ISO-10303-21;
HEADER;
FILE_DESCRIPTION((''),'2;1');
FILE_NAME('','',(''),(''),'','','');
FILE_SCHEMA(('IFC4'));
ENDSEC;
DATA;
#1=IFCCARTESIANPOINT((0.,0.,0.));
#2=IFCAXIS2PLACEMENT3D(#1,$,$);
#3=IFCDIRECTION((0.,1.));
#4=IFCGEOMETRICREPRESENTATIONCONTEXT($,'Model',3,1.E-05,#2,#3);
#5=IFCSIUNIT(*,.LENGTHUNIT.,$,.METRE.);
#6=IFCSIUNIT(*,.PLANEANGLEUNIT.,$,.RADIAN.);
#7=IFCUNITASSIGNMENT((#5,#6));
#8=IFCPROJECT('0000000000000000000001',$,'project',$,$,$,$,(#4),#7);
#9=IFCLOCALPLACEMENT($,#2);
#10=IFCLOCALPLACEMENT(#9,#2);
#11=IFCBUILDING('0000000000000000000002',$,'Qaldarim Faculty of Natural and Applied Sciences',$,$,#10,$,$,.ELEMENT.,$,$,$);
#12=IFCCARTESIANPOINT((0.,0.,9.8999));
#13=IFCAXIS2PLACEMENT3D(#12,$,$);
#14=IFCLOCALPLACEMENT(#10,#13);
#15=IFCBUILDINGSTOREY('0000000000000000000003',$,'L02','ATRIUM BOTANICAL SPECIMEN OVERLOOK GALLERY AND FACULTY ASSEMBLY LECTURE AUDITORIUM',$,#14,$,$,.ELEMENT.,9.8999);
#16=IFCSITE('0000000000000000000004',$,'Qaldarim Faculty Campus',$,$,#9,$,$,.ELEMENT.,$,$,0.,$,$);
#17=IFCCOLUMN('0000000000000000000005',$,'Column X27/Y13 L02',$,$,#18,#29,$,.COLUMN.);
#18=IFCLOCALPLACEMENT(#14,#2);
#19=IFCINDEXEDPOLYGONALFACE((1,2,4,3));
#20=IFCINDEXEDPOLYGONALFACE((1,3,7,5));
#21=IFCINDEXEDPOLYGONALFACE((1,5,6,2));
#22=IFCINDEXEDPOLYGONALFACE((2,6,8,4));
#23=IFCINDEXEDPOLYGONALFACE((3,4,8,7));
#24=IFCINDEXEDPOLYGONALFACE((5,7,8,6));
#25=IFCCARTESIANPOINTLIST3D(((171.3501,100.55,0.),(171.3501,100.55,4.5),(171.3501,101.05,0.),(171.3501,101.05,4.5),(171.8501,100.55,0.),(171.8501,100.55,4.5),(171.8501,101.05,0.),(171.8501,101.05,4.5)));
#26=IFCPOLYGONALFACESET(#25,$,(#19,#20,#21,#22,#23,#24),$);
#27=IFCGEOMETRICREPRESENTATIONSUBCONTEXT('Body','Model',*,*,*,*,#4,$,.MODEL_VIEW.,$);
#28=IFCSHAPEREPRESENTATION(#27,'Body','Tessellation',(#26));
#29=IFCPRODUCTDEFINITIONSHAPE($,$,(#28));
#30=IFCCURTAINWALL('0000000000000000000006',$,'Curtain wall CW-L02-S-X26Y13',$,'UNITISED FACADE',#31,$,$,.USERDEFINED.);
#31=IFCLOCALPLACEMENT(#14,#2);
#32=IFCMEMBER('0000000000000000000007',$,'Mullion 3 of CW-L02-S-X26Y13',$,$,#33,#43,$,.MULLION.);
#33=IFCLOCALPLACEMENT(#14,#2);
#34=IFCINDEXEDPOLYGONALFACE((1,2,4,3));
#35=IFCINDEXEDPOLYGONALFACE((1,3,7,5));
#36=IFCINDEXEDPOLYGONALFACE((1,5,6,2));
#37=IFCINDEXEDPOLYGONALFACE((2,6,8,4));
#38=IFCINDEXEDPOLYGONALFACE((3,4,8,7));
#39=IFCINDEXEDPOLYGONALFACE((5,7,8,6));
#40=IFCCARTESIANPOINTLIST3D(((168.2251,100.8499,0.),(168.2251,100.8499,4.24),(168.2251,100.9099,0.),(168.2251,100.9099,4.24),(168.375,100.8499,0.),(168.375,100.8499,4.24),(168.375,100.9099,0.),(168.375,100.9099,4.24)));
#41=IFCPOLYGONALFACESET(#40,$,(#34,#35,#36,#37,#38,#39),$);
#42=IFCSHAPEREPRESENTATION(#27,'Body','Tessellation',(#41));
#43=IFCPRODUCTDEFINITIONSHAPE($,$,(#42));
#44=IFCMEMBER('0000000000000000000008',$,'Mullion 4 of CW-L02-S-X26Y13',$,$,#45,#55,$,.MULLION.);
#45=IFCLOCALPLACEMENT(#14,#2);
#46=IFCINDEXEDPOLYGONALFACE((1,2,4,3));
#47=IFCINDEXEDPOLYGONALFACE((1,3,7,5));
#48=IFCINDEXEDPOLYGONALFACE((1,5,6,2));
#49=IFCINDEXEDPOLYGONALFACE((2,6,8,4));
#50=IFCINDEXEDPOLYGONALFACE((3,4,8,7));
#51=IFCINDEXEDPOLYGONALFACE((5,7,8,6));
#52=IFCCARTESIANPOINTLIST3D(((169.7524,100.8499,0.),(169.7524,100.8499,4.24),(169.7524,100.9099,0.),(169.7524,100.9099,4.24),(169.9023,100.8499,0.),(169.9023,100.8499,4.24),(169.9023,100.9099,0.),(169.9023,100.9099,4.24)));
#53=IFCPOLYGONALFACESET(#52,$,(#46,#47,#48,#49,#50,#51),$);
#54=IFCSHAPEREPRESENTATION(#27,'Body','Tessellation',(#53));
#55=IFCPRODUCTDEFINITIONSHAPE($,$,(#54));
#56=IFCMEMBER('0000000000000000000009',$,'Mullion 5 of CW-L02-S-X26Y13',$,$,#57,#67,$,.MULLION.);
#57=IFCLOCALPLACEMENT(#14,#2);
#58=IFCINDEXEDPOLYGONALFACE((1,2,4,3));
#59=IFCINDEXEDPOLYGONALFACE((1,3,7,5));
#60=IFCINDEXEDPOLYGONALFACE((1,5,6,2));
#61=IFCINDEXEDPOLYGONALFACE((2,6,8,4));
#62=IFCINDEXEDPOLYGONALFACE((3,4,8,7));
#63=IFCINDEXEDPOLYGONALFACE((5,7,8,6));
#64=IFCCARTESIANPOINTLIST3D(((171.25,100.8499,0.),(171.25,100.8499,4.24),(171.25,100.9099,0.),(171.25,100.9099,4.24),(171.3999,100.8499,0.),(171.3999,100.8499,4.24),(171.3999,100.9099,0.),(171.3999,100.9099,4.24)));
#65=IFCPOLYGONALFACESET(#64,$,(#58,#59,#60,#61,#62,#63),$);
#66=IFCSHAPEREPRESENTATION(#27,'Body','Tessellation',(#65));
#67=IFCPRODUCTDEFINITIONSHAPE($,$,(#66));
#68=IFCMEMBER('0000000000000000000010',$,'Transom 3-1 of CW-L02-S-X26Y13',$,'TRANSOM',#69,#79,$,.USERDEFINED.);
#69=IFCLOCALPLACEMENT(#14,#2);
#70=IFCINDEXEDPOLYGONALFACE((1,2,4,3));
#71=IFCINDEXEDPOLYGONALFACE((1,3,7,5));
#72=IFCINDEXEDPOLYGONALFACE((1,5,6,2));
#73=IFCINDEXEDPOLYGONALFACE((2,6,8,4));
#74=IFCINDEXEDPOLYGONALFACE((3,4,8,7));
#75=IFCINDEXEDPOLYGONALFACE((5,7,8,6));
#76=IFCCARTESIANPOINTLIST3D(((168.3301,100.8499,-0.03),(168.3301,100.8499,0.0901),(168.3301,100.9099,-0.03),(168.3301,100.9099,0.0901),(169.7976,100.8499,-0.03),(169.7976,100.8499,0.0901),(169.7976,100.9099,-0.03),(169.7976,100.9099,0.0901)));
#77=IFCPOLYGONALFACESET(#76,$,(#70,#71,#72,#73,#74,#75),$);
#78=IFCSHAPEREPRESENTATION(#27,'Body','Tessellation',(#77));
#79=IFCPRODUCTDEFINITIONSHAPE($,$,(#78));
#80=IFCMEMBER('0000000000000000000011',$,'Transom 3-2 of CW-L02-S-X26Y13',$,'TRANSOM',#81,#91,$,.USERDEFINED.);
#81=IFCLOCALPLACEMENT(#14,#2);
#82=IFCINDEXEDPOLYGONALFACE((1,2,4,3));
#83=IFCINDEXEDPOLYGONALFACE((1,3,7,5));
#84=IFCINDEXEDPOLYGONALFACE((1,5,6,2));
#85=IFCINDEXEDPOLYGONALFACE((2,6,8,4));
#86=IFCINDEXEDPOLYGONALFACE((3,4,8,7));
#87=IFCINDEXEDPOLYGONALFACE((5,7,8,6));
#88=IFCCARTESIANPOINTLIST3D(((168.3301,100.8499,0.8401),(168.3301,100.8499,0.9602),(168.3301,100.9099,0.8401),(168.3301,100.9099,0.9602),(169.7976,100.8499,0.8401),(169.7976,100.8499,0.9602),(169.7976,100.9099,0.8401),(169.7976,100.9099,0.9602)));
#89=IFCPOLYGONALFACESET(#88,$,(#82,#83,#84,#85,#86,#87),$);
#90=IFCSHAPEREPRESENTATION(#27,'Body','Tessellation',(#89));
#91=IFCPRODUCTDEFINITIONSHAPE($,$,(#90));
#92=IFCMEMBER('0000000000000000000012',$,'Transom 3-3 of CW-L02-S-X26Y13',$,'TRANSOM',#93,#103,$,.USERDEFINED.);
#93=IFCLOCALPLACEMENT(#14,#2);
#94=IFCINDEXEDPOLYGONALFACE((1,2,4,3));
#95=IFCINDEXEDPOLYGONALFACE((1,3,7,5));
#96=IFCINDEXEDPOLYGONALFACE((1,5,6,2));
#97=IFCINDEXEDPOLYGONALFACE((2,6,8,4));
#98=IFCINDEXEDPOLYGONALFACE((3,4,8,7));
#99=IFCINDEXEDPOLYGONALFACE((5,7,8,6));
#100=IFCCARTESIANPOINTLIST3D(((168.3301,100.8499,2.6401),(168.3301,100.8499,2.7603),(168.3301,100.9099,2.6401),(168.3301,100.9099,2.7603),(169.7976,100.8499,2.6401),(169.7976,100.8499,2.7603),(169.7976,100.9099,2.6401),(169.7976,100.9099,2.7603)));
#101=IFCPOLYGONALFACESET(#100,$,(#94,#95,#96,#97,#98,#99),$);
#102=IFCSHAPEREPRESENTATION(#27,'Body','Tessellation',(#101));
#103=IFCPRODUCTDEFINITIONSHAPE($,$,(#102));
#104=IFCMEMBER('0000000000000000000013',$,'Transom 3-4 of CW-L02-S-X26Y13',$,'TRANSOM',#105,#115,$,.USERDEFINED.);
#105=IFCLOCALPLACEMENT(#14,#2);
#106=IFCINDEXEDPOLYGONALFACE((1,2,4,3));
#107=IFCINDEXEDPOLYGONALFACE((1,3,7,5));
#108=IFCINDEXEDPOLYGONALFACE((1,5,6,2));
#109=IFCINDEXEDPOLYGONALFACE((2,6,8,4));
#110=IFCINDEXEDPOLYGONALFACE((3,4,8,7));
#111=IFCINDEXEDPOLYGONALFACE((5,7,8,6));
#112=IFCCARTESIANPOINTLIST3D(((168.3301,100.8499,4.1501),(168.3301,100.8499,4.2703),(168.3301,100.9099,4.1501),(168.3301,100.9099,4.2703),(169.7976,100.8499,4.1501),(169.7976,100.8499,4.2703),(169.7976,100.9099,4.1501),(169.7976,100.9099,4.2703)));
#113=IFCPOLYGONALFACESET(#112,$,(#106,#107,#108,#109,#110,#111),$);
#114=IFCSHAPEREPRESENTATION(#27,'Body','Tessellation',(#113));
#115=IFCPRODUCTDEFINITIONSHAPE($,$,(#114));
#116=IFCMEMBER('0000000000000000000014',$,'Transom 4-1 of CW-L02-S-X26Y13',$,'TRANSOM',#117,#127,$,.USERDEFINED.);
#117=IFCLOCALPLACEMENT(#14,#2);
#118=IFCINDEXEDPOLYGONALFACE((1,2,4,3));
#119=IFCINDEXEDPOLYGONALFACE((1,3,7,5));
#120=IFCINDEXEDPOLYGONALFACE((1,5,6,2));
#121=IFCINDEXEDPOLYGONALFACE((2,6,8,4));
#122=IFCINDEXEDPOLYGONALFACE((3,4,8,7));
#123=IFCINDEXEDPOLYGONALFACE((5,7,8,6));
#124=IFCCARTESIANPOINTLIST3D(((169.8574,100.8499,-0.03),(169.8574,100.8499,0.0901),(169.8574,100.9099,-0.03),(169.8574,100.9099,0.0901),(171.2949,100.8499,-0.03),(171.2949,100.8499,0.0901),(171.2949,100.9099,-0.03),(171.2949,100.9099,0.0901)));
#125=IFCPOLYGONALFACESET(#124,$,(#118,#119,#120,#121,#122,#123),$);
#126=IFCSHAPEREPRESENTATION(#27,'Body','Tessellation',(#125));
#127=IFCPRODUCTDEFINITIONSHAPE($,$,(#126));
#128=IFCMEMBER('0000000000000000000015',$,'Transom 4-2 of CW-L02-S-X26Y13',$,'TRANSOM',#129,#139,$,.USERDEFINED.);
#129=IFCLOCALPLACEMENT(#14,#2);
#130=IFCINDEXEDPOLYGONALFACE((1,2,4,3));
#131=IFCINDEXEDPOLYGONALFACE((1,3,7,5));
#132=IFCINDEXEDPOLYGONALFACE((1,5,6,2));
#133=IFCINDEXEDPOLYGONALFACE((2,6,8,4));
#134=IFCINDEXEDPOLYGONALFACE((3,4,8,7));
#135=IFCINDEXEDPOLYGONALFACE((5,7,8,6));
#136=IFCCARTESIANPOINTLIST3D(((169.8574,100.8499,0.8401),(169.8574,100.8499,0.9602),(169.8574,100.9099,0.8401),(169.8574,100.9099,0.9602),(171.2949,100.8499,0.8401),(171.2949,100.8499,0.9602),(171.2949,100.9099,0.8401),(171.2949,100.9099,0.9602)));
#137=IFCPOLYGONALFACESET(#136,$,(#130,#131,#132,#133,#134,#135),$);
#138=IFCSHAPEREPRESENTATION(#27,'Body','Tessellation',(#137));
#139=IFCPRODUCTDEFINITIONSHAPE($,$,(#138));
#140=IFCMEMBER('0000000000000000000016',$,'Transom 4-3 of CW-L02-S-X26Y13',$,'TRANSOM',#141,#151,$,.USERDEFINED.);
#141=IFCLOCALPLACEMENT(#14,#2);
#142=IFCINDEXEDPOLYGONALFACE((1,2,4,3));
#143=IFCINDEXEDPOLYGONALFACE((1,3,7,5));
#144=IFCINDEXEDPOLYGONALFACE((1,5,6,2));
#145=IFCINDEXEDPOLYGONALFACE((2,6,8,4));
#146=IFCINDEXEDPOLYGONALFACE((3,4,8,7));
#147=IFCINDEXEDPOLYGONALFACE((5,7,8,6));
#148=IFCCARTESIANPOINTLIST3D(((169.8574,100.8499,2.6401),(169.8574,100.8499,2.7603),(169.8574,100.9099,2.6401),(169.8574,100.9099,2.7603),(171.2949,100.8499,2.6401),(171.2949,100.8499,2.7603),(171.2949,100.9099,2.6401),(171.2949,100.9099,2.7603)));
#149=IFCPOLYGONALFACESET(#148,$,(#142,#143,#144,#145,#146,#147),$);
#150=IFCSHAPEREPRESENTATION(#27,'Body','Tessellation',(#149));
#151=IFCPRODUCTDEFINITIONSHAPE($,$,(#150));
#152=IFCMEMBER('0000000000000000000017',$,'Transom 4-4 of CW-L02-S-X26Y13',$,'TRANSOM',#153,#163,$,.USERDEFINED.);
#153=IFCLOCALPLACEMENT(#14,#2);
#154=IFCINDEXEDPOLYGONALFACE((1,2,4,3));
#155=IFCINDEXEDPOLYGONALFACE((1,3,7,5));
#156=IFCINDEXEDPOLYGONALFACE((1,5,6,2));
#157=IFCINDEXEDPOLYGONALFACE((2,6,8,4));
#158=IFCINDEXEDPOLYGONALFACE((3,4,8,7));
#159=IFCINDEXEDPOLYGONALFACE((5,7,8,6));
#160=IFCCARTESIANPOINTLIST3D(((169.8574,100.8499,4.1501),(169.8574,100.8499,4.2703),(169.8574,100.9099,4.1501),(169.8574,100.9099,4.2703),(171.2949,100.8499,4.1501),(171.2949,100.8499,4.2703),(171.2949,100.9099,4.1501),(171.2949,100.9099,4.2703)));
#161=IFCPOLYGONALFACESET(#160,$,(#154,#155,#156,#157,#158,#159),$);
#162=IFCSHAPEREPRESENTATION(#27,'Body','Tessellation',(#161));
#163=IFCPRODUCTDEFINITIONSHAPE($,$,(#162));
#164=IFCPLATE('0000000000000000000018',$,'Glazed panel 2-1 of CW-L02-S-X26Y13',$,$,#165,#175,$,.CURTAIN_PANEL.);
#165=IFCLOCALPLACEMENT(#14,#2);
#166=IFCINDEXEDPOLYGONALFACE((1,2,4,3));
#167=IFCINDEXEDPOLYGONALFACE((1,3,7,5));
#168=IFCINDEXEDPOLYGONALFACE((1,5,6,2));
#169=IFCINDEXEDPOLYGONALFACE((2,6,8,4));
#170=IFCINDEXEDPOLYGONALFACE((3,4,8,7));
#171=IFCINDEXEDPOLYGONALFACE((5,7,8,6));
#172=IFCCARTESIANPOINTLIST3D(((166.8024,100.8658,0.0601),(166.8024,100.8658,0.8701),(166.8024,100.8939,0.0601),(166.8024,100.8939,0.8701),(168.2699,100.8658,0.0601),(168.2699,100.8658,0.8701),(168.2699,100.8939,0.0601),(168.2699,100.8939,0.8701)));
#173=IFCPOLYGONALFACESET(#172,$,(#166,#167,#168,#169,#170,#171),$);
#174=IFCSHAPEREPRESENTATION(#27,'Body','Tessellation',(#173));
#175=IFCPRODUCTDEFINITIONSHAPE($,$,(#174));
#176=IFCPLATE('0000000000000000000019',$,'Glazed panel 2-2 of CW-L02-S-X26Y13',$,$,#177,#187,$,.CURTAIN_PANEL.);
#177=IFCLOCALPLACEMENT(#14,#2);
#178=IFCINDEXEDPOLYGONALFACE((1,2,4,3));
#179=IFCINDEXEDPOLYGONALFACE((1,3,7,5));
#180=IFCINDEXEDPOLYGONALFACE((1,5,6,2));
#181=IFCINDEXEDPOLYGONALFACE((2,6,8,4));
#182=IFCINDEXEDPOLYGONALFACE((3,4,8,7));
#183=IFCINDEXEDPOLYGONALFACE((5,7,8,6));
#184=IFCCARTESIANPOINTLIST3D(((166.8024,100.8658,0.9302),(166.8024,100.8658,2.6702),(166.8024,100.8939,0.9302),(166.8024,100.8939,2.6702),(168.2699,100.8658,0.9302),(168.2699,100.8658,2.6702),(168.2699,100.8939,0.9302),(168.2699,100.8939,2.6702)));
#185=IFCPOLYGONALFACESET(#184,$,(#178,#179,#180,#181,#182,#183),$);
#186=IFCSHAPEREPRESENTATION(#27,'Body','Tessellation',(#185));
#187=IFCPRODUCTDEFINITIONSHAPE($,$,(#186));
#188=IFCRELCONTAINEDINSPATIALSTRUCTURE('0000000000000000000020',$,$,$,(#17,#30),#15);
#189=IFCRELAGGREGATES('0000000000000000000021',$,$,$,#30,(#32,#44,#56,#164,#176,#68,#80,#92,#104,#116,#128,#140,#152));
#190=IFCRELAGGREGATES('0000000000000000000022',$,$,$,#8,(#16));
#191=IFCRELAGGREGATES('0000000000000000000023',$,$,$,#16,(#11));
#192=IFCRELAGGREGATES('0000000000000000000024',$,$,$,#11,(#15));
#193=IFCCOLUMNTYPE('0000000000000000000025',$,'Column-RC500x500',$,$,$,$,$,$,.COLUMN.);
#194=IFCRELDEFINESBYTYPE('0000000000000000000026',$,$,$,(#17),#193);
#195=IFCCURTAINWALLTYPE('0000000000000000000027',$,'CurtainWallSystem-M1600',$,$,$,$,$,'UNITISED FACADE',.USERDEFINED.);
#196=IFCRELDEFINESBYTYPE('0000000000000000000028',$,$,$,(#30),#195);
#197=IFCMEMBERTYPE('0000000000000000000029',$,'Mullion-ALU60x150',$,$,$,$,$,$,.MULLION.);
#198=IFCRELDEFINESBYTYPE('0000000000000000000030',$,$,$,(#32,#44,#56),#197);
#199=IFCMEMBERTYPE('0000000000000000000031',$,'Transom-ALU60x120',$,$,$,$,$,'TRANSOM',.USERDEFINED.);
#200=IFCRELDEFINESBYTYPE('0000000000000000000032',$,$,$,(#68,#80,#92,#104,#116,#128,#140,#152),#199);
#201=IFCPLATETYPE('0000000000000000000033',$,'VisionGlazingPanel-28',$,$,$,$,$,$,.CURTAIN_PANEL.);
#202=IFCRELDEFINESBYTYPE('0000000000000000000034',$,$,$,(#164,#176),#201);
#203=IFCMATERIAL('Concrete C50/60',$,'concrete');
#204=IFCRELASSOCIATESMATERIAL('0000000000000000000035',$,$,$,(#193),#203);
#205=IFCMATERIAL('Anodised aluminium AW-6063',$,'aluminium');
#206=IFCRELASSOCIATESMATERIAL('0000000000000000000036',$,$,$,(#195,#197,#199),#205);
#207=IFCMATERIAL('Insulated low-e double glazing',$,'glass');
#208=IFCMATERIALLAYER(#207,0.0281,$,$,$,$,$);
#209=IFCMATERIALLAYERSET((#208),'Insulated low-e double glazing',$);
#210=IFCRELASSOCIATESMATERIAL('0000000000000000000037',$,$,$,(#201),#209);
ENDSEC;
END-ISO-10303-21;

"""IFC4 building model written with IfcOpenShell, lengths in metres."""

from ifc_helpers import new_model, si_unit, direction, frame, origin, origin_2d, place, context, subcontext, project, spatial, rectangle, extrude, material, layer, layer_set, material_profile, profile_set, type_object, element, aggregate, save


model = new_model("IFC4")

# Units and contexts
model_context = context("Model", 3, precision=1e-05, world=origin(), true_north=direction((0.0, 1.0)))
body_context = subcontext(model_context, "Body", "Model", "MODEL_VIEW")
ifc_project = project(units=[si_unit("LENGTHUNIT", "METRE"), si_unit("PLANEANGLEUNIT", "RADIAN")], contexts=[model_context])

# Site, building, storey
site_placement = place(None, origin())
site = spatial("IfcSite", under=ifc_project, at=site_placement, Name="Qaldarim Faculty Campus", CompositionType="ELEMENT", RefElevation=0.0)
building_placement = place(site_placement, origin())
building = spatial("IfcBuilding", under=site, at=building_placement, Name="Qaldarim Faculty of Natural and Applied Sciences", CompositionType="ELEMENT")
storey_placement = place(building_placement, frame((0.0, 0.0, 9.8999)))
storey = spatial("IfcBuildingStorey", under=building, at=storey_placement, Name="L02", Description="ATRIUM BOTANICAL SPECIMEN OVERLOOK GALLERY AND FACULTY ASSEMBLY LECTURE AUDITORIUM", CompositionType="ELEMENT", Elevation=9.8999)

# Column
ifc_material_1 = material(Name="Concrete C50/60", Category="concrete")
ifc_material_profile_1 = material_profile(ifc_material_1, rectangle(XDim=0.5, YDim=0.5, at=origin_2d()), Name="RC-C500x500")
ifc_profile_set_1 = profile_set([ifc_material_profile_1], Name="Concrete C50/60")
column_type = type_object("IfcColumnType", Name="Column-RC500x500", PredefinedType="COLUMN", material=ifc_profile_set_1)
column_placement = place(storey_placement, frame((171.6001, 100.8, 0.0), z_axis=(0.0, 0.0, 1.0), x_axis=(1.0, 0.0, 0.0)))
element("IfcColumn", 1, at=column_placement, inside=storey, type_object=column_type, Name="Column X27/Y13 L02", PredefinedType="COLUMN", context=body_context, shape_type="SweptSolid", body=[
    extrude(rectangle(XDim=0.5, YDim=0.5, at=origin_2d()), origin(), (0.0, 0.0, 1.0), 4.5),
])

# Curtain wall, members, plates
ifc_material_2 = material(Name="Anodised aluminium AW-6063", Category="aluminium")
curtain_wall_type = type_object("IfcCurtainWallType", Name="CurtainWallSystem-M1600", ElementType="UNITISED FACADE", PredefinedType="USERDEFINED", material=ifc_material_2)
curtain_wall_placement = place(storey_placement, origin())
curtain_wall = element("IfcCurtainWall", 2, at=curtain_wall_placement, inside=storey, type_object=curtain_wall_type, Name="Curtain wall CW-L02-S-X26Y13", ObjectType="UNITISED FACADE", PredefinedType="USERDEFINED")
ifc_material_profile_2 = material_profile(ifc_material_2, rectangle(XDim=0.0601, YDim=0.1499, at=origin_2d()), Name="ALU-M60x150")
ifc_profile_set_2 = profile_set([ifc_material_profile_2], Name="Anodised aluminium AW-6063")
member_type_1 = type_object("IfcMemberType", Name="Mullion-ALU60x150", PredefinedType="MULLION", material=ifc_profile_set_2)
member_1_placement = place(storey_placement, frame((168.3, 100.8799, 0.0), z_axis=(0.0, 0.0, 1.0), x_axis=(0.0, 1.0, 0.0)))
member_1 = element("IfcMember", 3, at=member_1_placement, type_object=member_type_1, Name="Mullion 3 of CW-L02-S-X26Y13", PredefinedType="MULLION", context=body_context, shape_type="SweptSolid", body=[
    extrude(rectangle(XDim=0.0601, YDim=0.1499, at=origin_2d()), origin(), (0.0, 0.0, 1.0), 4.24),
])
member_2_placement = place(storey_placement, frame((169.8274, 100.8799, 0.0), z_axis=(0.0, 0.0, 1.0), x_axis=(0.0, 1.0, 0.0)))
member_2 = element("IfcMember", 4, at=member_2_placement, type_object=member_type_1, Name="Mullion 4 of CW-L02-S-X26Y13", PredefinedType="MULLION", context=body_context, shape_type="SweptSolid", body=[
    extrude(rectangle(XDim=0.0601, YDim=0.1499, at=origin_2d()), origin(), (0.0, 0.0, 1.0), 4.24),
])
member_3_placement = place(storey_placement, frame((171.325, 100.8799, 0.0), z_axis=(0.0, 0.0, 1.0), x_axis=(0.0, 1.0, 0.0)))
member_3 = element("IfcMember", 5, at=member_3_placement, type_object=member_type_1, Name="Mullion 5 of CW-L02-S-X26Y13", PredefinedType="MULLION", context=body_context, shape_type="SweptSolid", body=[
    extrude(rectangle(XDim=0.0601, YDim=0.1499, at=origin_2d()), origin(), (0.0, 0.0, 1.0), 4.24),
])
ifc_material_profile_3 = material_profile(ifc_material_2, rectangle(XDim=0.0601, YDim=0.1201, at=origin_2d()), Name="ALU-T60x120")
ifc_profile_set_3 = profile_set([ifc_material_profile_3], Name="Anodised aluminium AW-6063")
member_type_2 = type_object("IfcMemberType", Name="Transom-ALU60x120", ElementType="TRANSOM", PredefinedType="USERDEFINED", material=ifc_profile_set_3)
member_4_placement = place(storey_placement, frame((168.3301, 100.8799, 0.03), z_axis=(1.0, 0.0, 0.0), x_axis=(0.0, 1.0, 0.0)))
member_4 = element("IfcMember", 6, at=member_4_placement, type_object=member_type_2, Name="Transom 3-1 of CW-L02-S-X26Y13", ObjectType="TRANSOM", PredefinedType="USERDEFINED", context=body_context, shape_type="SweptSolid", body=[
    extrude(rectangle(XDim=0.0601, YDim=0.1201, at=origin_2d()), origin(), (0.0, 0.0, 1.0), 1.4675),
])
member_5_placement = place(storey_placement, frame((168.3301, 100.8799, 0.9001), z_axis=(1.0, 0.0, 0.0), x_axis=(0.0, 1.0, 0.0)))
member_5 = element("IfcMember", 7, at=member_5_placement, type_object=member_type_2, Name="Transom 3-2 of CW-L02-S-X26Y13", ObjectType="TRANSOM", PredefinedType="USERDEFINED", context=body_context, shape_type="SweptSolid", body=[
    extrude(rectangle(XDim=0.0601, YDim=0.1201, at=origin_2d()), origin(), (0.0, 0.0, 1.0), 1.4675),
])
member_6_placement = place(storey_placement, frame((168.3301, 100.8799, 2.7002), z_axis=(1.0, 0.0, 0.0), x_axis=(0.0, 1.0, 0.0)))
member_6 = element("IfcMember", 8, at=member_6_placement, type_object=member_type_2, Name="Transom 3-3 of CW-L02-S-X26Y13", ObjectType="TRANSOM", PredefinedType="USERDEFINED", context=body_context, shape_type="SweptSolid", body=[
    extrude(rectangle(XDim=0.0601, YDim=0.1201, at=origin_2d()), origin(), (0.0, 0.0, 1.0), 1.4675),
])
member_7_placement = place(storey_placement, frame((168.3301, 100.8799, 4.2102), z_axis=(1.0, 0.0, 0.0), x_axis=(0.0, 1.0, 0.0)))
member_7 = element("IfcMember", 9, at=member_7_placement, type_object=member_type_2, Name="Transom 3-4 of CW-L02-S-X26Y13", ObjectType="TRANSOM", PredefinedType="USERDEFINED", context=body_context, shape_type="SweptSolid", body=[
    extrude(rectangle(XDim=0.0601, YDim=0.1201, at=origin_2d()), origin(), (0.0, 0.0, 1.0), 1.4675),
])
member_8_placement = place(storey_placement, frame((169.8574, 100.8799, 0.03), z_axis=(1.0, 0.0, 0.0), x_axis=(0.0, 1.0, 0.0)))
member_8 = element("IfcMember", 10, at=member_8_placement, type_object=member_type_2, Name="Transom 4-1 of CW-L02-S-X26Y13", ObjectType="TRANSOM", PredefinedType="USERDEFINED", context=body_context, shape_type="SweptSolid", body=[
    extrude(rectangle(XDim=0.0601, YDim=0.1201, at=origin_2d()), origin(), (0.0, 0.0, 1.0), 1.4375),
])
member_9_placement = place(storey_placement, frame((169.8574, 100.8799, 0.9001), z_axis=(1.0, 0.0, 0.0), x_axis=(0.0, 1.0, 0.0)))
member_9 = element("IfcMember", 11, at=member_9_placement, type_object=member_type_2, Name="Transom 4-2 of CW-L02-S-X26Y13", ObjectType="TRANSOM", PredefinedType="USERDEFINED", context=body_context, shape_type="SweptSolid", body=[
    extrude(rectangle(XDim=0.0601, YDim=0.1201, at=origin_2d()), origin(), (0.0, 0.0, 1.0), 1.4375),
])
member_10_placement = place(storey_placement, frame((169.8574, 100.8799, 2.7002), z_axis=(1.0, 0.0, 0.0), x_axis=(0.0, 1.0, 0.0)))
member_10 = element("IfcMember", 12, at=member_10_placement, type_object=member_type_2, Name="Transom 4-3 of CW-L02-S-X26Y13", ObjectType="TRANSOM", PredefinedType="USERDEFINED", context=body_context, shape_type="SweptSolid", body=[
    extrude(rectangle(XDim=0.0601, YDim=0.1201, at=origin_2d()), origin(), (0.0, 0.0, 1.0), 1.4375),
])
member_11_placement = place(storey_placement, frame((169.8574, 100.8799, 4.2102), z_axis=(1.0, 0.0, 0.0), x_axis=(0.0, 1.0, 0.0)))
member_11 = element("IfcMember", 13, at=member_11_placement, type_object=member_type_2, Name="Transom 4-4 of CW-L02-S-X26Y13", ObjectType="TRANSOM", PredefinedType="USERDEFINED", context=body_context, shape_type="SweptSolid", body=[
    extrude(rectangle(XDim=0.0601, YDim=0.1201, at=origin_2d()), origin(), (0.0, 0.0, 1.0), 1.4375),
])
ifc_material_3 = material(Name="Insulated low-e double glazing", Category="glass")
ifc_layer_1 = layer(ifc_material_3, 0.0281)
ifc_layer_set_1 = layer_set([ifc_layer_1], Name="Insulated low-e double glazing")
plate_type = type_object("IfcPlateType", Name="VisionGlazingPanel-28", PredefinedType="CURTAIN_PANEL", material=ifc_layer_set_1)
plate_1_placement = place(storey_placement, frame((167.5361, 100.8799, 0.0601), z_axis=(0.0, 0.0, 1.0), x_axis=(1.0, 0.0, 0.0)))
plate_1 = element("IfcPlate", 14, at=plate_1_placement, type_object=plate_type, Name="Glazed panel 2-1 of CW-L02-S-X26Y13", PredefinedType="CURTAIN_PANEL", context=body_context, shape_type="SweptSolid", body=[
    extrude(rectangle(XDim=1.4675, YDim=0.0281, at=origin_2d()), origin(), (0.0, 0.0, 1.0), 0.8101),
])
plate_2_placement = place(storey_placement, frame((167.5361, 100.8799, 0.9302), z_axis=(0.0, 0.0, 1.0), x_axis=(1.0, 0.0, 0.0)))
plate_2 = element("IfcPlate", 15, at=plate_2_placement, type_object=plate_type, Name="Glazed panel 2-2 of CW-L02-S-X26Y13", PredefinedType="CURTAIN_PANEL", context=body_context, shape_type="SweptSolid", body=[
    extrude(rectangle(XDim=1.4675, YDim=0.0281, at=origin_2d()), origin(), (0.0, 0.0, 1.0), 1.74),
])
aggregate(curtain_wall, [member_1, member_2, member_3, plate_1, plate_2, member_4, member_5, member_6, member_7, member_8, member_9, member_10, member_11])

save(model, "model.ifc")
